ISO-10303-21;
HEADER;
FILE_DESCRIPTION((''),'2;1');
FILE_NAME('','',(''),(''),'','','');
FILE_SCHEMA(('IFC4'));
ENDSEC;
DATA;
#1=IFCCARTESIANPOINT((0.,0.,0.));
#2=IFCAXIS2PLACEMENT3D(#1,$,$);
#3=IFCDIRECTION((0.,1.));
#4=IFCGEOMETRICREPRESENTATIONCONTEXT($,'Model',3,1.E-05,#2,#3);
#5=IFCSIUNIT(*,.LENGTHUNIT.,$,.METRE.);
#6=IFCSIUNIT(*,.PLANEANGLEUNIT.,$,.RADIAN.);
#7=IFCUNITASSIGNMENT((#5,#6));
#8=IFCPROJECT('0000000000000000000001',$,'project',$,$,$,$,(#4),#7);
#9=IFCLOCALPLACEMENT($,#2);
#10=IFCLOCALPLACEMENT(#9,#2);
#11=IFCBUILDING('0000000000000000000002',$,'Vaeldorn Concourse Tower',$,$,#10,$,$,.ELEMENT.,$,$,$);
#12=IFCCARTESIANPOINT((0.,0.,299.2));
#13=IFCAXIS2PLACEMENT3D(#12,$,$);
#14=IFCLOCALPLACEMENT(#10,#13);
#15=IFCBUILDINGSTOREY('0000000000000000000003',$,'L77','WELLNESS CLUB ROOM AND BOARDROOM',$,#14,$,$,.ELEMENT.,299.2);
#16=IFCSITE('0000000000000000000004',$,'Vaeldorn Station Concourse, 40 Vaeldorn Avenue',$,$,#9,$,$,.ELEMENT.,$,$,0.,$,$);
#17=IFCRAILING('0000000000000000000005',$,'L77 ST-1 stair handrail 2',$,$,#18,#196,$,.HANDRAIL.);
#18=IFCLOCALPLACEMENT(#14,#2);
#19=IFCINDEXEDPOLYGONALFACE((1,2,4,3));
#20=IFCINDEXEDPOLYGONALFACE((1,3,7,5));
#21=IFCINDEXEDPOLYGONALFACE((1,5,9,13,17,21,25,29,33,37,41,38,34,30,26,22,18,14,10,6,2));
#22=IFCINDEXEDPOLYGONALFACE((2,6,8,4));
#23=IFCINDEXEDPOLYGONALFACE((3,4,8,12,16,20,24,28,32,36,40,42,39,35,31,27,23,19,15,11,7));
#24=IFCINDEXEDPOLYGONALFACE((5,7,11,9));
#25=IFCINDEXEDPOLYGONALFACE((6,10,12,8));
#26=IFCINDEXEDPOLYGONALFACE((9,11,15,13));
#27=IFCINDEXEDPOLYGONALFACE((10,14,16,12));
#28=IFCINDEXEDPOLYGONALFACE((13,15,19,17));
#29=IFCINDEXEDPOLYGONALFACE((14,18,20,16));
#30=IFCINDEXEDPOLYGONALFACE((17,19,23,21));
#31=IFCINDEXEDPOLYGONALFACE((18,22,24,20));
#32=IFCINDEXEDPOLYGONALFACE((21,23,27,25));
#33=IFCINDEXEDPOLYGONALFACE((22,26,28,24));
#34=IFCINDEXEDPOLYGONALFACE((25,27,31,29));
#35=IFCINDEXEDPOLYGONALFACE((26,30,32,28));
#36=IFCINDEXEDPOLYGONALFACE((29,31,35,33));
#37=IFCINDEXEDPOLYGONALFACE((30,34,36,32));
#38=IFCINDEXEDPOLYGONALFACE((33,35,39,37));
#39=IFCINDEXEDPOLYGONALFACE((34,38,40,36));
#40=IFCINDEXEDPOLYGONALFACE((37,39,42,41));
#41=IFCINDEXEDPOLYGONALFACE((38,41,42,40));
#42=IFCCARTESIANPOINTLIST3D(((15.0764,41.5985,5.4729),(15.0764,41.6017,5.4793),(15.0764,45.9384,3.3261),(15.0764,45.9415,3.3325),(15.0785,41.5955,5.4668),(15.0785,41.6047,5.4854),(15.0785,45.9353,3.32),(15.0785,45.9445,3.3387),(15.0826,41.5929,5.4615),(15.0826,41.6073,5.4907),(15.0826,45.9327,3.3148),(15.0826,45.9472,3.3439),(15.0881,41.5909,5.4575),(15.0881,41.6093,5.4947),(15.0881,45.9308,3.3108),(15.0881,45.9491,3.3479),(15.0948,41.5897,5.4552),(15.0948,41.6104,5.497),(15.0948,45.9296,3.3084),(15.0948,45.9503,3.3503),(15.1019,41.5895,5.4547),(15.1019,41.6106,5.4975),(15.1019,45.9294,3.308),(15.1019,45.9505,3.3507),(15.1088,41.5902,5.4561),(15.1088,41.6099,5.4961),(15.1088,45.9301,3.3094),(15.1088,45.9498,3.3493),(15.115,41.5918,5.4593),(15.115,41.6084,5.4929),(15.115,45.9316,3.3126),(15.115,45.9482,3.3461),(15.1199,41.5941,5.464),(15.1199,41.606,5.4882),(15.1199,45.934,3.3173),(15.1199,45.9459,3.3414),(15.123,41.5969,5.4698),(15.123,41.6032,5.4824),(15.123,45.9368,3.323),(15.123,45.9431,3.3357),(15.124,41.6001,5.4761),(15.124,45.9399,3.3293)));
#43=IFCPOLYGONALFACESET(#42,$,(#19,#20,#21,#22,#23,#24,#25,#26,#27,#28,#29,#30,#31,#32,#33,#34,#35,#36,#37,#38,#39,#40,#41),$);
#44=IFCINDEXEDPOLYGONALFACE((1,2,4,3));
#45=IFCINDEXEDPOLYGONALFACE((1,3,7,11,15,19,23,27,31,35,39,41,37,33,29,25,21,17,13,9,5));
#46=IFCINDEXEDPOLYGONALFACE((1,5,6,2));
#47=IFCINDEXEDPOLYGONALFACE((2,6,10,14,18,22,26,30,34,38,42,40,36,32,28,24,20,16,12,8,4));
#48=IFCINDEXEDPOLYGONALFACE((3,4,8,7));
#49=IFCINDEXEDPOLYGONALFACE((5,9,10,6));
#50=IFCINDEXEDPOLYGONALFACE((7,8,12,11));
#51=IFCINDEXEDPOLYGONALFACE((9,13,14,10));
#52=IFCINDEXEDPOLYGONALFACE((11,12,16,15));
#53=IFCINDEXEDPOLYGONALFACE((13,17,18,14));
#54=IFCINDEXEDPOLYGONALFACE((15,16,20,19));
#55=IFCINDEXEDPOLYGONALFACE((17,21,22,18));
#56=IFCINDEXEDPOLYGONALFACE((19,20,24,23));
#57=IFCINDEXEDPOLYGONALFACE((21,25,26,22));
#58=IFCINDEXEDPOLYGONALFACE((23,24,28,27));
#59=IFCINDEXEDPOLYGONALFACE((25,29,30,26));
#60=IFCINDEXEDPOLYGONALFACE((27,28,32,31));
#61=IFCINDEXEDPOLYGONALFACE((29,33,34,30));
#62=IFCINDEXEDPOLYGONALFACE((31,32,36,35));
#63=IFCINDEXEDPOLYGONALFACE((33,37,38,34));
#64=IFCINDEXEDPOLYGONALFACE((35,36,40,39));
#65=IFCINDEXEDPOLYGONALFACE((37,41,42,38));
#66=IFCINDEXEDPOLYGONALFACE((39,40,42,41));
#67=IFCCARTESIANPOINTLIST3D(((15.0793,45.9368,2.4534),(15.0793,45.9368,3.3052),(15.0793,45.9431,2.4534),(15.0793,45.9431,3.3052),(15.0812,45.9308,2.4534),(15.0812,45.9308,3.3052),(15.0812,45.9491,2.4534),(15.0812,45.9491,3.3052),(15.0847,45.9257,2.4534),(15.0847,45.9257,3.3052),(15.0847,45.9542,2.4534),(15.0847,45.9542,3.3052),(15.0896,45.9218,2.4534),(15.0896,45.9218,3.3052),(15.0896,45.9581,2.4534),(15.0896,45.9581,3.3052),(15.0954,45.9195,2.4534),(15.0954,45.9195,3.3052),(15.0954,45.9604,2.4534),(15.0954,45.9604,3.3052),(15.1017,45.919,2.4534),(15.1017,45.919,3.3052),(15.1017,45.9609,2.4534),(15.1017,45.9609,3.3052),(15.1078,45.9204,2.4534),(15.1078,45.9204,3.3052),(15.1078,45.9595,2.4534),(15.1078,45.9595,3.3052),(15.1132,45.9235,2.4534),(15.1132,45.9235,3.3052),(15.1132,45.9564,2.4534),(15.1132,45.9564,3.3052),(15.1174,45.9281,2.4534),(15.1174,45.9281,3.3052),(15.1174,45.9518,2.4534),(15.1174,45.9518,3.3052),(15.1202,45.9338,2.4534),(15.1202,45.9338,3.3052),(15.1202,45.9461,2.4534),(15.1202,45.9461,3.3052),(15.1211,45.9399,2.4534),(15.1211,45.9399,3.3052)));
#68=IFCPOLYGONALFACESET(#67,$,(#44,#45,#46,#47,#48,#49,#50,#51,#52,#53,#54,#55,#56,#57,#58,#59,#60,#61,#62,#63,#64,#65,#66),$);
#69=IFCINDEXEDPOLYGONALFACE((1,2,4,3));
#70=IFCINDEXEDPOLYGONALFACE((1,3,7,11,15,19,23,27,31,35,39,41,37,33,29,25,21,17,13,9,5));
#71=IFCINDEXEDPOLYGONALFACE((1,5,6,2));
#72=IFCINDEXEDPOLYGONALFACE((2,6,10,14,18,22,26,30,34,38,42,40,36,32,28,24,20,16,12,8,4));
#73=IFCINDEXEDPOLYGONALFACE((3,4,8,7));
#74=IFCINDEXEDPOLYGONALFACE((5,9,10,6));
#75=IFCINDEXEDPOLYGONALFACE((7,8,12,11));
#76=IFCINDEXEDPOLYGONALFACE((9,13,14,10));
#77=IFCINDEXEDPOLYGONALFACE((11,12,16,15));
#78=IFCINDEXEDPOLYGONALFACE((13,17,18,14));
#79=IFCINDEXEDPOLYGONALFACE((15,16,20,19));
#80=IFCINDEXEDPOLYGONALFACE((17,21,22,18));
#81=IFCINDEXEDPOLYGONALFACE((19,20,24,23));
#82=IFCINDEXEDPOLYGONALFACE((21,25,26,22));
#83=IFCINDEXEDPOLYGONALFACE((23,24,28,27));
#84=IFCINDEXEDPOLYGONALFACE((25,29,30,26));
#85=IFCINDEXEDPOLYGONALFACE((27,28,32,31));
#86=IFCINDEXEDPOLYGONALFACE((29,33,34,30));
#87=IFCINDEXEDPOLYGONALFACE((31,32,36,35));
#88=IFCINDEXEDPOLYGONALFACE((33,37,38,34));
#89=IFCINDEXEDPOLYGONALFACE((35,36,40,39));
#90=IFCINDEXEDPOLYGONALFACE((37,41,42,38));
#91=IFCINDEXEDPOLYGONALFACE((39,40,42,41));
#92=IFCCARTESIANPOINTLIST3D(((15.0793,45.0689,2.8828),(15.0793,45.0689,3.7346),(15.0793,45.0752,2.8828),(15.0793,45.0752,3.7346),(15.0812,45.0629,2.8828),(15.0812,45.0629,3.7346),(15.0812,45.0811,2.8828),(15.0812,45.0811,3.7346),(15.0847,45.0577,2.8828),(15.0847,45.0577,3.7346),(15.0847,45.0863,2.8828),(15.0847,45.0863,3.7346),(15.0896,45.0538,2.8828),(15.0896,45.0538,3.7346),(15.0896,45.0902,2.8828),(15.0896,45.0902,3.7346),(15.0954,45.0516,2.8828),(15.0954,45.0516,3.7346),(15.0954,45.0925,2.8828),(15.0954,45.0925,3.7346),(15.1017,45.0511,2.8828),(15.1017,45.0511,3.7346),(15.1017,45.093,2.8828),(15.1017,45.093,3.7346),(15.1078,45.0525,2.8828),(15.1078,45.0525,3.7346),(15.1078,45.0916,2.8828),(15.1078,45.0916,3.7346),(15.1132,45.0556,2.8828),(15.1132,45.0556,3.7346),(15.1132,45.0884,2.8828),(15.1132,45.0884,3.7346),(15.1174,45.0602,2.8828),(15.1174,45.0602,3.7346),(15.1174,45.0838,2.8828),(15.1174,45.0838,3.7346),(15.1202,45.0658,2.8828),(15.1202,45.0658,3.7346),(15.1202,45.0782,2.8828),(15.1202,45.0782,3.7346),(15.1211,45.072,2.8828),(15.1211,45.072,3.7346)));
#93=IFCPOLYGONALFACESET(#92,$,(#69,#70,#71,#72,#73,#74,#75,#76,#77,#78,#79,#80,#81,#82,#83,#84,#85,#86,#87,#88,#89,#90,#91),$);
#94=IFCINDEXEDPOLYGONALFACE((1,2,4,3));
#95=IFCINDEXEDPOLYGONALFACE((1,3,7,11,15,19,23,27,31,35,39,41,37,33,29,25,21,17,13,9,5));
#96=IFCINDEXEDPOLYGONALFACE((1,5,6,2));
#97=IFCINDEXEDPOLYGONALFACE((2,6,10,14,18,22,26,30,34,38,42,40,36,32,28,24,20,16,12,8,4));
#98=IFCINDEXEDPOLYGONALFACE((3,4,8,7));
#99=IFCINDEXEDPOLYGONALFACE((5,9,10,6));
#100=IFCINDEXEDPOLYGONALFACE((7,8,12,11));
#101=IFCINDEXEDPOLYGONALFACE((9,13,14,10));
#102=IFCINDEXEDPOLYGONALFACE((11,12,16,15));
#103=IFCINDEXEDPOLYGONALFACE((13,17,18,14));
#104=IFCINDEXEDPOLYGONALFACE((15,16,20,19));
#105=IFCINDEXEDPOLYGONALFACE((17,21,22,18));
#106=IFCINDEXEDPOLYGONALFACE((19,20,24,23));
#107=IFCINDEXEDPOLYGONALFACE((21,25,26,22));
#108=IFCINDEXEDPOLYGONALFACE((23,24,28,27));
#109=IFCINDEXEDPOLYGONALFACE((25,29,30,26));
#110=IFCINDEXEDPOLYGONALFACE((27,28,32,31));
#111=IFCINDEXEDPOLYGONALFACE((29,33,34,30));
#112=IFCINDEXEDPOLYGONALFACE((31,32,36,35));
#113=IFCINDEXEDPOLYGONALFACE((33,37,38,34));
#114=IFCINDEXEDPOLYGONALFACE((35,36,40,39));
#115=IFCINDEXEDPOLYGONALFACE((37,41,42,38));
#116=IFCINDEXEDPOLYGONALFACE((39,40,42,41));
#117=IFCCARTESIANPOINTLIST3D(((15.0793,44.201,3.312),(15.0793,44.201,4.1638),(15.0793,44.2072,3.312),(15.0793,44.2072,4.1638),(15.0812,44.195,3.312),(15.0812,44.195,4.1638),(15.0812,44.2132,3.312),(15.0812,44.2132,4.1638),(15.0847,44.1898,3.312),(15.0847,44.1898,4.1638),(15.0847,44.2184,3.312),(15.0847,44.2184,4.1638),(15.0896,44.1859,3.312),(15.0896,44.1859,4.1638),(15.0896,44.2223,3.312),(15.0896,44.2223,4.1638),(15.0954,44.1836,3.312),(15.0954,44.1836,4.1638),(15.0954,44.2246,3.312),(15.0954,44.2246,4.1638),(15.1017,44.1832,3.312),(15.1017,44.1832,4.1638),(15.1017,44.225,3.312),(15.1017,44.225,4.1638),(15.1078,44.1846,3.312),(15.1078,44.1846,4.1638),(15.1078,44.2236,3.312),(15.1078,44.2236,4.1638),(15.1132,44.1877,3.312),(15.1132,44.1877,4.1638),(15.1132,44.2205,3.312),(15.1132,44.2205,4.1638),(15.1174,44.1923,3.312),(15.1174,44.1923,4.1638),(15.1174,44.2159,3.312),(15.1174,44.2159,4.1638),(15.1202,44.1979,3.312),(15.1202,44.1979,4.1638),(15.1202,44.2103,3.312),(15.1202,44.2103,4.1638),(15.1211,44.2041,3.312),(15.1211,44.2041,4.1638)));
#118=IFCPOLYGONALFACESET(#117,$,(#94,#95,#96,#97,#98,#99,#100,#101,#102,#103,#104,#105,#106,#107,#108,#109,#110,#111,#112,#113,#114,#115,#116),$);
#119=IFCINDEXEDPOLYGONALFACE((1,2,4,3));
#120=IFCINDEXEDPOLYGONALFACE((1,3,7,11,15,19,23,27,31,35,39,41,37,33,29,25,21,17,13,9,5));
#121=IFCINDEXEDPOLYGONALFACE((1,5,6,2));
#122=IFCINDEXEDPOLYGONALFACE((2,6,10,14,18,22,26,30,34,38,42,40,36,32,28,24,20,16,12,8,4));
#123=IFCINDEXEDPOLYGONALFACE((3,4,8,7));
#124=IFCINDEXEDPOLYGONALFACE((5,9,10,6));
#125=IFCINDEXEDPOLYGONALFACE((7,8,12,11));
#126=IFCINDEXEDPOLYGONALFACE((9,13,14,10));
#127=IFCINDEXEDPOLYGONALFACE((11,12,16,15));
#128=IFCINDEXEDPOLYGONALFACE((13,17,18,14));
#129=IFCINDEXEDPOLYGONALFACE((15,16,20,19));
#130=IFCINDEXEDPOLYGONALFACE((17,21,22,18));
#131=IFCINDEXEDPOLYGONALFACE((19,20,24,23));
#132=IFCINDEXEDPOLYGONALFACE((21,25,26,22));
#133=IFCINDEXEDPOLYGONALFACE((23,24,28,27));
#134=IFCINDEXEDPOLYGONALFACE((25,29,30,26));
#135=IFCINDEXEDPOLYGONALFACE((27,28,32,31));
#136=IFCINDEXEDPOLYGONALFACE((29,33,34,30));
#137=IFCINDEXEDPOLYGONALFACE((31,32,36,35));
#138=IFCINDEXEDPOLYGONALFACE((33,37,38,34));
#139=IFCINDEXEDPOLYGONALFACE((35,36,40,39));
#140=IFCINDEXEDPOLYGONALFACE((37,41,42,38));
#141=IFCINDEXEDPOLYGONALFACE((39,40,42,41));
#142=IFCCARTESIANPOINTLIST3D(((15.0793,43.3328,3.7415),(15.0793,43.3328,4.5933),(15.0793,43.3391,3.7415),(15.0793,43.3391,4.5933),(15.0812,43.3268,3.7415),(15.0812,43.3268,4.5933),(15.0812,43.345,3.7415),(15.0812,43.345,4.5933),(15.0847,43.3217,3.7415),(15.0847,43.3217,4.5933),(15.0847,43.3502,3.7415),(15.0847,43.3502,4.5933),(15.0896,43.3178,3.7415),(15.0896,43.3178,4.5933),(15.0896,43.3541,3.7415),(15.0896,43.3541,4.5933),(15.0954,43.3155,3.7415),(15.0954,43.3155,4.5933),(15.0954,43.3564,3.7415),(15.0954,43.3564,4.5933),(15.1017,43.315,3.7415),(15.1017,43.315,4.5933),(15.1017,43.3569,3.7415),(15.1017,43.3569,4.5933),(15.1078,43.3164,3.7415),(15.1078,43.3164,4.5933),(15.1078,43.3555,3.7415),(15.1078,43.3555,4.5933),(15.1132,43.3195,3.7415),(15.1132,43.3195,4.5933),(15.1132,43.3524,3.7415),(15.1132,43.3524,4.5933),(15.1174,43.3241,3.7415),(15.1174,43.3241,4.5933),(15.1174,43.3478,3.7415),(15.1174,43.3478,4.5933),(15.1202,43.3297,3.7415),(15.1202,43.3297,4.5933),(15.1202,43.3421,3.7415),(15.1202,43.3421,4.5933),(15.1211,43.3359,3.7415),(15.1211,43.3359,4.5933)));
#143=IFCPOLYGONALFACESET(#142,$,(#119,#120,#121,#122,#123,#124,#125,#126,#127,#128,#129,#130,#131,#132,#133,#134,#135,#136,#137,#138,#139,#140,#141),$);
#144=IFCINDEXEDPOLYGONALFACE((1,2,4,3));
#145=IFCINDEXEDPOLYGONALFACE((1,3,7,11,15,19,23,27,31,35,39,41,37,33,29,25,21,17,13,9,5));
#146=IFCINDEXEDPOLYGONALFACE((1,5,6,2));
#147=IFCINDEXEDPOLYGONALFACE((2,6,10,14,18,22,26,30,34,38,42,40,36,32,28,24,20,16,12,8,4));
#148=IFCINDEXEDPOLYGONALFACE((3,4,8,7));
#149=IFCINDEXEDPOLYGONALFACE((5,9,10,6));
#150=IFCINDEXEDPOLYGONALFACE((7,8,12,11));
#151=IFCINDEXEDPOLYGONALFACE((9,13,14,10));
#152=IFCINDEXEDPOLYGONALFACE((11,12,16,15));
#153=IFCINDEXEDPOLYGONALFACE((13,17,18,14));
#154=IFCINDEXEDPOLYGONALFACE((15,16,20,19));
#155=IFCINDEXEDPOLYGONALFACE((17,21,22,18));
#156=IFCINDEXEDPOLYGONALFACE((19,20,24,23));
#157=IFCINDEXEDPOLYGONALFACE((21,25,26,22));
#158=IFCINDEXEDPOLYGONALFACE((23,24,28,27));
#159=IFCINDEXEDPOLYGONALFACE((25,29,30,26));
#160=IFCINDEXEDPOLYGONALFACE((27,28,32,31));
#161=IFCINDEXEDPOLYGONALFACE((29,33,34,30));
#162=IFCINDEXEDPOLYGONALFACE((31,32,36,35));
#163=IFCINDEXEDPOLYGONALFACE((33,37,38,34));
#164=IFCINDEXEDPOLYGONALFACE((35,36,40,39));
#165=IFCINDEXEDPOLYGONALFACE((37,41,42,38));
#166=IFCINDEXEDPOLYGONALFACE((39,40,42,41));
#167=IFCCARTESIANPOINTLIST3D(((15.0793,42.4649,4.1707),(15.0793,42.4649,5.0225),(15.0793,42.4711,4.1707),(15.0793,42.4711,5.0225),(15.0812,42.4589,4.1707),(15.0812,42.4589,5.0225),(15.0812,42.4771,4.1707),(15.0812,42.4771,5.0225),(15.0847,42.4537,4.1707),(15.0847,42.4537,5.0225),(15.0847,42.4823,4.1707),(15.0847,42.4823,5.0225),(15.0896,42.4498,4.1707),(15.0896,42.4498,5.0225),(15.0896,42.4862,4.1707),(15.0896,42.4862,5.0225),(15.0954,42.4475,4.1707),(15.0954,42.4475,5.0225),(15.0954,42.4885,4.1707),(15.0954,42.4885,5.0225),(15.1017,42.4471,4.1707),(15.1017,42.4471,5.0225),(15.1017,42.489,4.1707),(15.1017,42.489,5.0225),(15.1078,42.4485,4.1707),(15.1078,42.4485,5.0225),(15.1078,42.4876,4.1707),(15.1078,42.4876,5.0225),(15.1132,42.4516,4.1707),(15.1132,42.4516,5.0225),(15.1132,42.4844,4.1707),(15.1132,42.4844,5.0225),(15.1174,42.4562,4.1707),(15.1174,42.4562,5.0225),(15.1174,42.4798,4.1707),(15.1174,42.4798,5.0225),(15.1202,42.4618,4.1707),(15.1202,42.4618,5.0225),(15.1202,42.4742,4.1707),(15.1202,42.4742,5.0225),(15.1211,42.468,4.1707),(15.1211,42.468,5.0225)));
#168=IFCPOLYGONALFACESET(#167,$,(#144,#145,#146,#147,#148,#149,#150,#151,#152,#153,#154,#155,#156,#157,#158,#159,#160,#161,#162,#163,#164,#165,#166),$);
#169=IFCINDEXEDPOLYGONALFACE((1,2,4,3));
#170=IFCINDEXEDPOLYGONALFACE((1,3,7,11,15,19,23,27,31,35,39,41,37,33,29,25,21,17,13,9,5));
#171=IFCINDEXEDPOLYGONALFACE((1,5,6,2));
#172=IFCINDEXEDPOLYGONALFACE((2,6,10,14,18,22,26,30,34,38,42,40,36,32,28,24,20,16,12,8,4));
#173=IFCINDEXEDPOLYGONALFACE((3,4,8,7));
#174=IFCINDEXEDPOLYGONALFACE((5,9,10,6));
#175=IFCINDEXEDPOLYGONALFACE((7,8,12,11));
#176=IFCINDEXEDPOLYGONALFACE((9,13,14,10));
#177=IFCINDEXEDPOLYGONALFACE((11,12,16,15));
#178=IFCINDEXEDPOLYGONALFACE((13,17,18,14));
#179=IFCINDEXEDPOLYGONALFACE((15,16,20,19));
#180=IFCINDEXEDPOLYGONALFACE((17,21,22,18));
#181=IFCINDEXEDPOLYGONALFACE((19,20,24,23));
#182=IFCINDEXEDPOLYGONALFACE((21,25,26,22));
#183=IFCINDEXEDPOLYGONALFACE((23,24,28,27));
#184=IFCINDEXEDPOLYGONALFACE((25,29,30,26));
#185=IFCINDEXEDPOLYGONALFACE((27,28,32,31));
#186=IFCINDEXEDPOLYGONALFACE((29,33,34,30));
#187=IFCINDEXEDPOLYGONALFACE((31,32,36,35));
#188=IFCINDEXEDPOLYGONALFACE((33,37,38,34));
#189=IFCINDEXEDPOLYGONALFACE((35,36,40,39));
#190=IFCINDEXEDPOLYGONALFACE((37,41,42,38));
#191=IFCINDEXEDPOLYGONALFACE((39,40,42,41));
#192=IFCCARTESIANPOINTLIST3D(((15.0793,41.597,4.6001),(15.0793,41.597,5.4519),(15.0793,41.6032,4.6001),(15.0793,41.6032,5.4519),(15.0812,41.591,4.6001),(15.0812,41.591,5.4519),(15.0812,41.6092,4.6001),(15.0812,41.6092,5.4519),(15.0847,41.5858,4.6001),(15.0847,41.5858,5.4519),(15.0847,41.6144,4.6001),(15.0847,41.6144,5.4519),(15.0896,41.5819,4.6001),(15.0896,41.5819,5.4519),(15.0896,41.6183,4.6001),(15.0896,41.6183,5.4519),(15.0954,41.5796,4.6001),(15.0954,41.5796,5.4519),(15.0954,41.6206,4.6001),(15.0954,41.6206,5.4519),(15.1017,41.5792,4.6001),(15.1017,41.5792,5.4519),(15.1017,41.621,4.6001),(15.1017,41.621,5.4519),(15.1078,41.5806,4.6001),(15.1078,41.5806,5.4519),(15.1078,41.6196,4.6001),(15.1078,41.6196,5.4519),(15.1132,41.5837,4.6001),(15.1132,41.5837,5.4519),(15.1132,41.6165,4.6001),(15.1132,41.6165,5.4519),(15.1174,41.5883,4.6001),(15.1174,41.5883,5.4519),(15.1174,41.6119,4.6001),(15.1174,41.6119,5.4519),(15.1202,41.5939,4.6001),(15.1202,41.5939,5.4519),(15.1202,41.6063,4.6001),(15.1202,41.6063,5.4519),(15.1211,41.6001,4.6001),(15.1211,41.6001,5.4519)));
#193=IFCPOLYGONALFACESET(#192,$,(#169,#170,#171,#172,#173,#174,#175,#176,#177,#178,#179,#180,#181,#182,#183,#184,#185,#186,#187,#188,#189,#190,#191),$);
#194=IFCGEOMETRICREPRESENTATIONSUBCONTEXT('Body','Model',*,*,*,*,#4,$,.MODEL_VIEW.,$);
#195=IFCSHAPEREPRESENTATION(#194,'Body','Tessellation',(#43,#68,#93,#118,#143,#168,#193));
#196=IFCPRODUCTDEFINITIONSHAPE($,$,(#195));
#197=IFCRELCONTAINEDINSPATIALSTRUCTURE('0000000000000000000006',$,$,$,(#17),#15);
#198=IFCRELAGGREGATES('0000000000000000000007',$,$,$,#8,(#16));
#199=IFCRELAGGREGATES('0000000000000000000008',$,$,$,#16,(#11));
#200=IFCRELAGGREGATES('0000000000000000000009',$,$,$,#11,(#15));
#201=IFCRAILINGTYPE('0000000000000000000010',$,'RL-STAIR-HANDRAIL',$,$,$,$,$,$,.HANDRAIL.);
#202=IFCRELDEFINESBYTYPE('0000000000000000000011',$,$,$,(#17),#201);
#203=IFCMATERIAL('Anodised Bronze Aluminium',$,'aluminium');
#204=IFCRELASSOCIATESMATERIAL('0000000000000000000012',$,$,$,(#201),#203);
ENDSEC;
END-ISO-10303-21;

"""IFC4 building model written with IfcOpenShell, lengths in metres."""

from ifc_helpers import new_model, si_unit, direction, frame, origin, origin_2d, place, context, subcontext, project, spatial, circle, extrude, material, type_object, element, save


model = new_model("IFC4")

# Units and contexts
model_context = context("Model", 3, precision=1e-05, world=origin(), true_north=direction((0.0, 1.0)))
body_context = subcontext(model_context, "Body", "Model", "MODEL_VIEW")
ifc_project = project(units=[si_unit("LENGTHUNIT", "METRE"), si_unit("PLANEANGLEUNIT", "RADIAN")], contexts=[model_context])

# Site, building, storey
site_placement = place(None, origin())
site = spatial("IfcSite", under=ifc_project, at=site_placement, Name="Vaeldorn Station Concourse, 40 Vaeldorn Avenue", CompositionType="ELEMENT", RefElevation=0.0)
building_placement = place(site_placement, origin())
building = spatial("IfcBuilding", under=site, at=building_placement, Name="Vaeldorn Concourse Tower", CompositionType="ELEMENT")
storey_placement = place(building_placement, frame((0.0, 0.0, 299.2)))
storey = spatial("IfcBuildingStorey", under=building, at=storey_placement, Name="L77", Description="WELLNESS CLUB ROOM AND BOARDROOM", CompositionType="ELEMENT", Elevation=299.2)

# Shared definitions
ifc_material_1 = material(Name="Anodised Bronze Aluminium", Category="aluminium")

# Railing
railing_type_1 = type_object("IfcRailingType", Name="RL-STAIR-HANDRAIL", PredefinedType="HANDRAIL", material=ifc_material_1)
railing_1_placement = place(storey_placement, frame((15.1001, 45.9399, 2.4534)))
element("IfcRailing", 1, at=railing_1_placement, inside=storey, type_object=railing_type_1, Name="L77 ST-1 stair handrail 2", PredefinedType="HANDRAIL", context=body_context, shape_type="SweptSolid", body=[
    extrude(circle(Radius=0.0239, at=origin_2d()), frame((0.0, 0.0, 0.876), z_axis=(0.0, -0.896335, 0.443377), x_axis=(1.0, 0.0, 0.0)), (0.0, 0.0, 1.0), 4.8418),
    extrude(circle(Radius=0.021, at=origin_2d()), origin(), (0.0, 0.0, 1.0), 0.8518),
    extrude(circle(Radius=0.021, at=origin_2d()), frame((0.0, -0.8679, 0.4294)), (0.0, 0.0, 1.0), 0.8518),
    extrude(circle(Radius=0.021, at=origin_2d()), frame((0.0, -1.7358, 0.8586)), (0.0, 0.0, 1.0), 0.8518),
    extrude(circle(Radius=0.021, at=origin_2d()), frame((0.0, -2.604, 1.2881)), (0.0, 0.0, 1.0), 0.8518),
    extrude(circle(Radius=0.021, at=origin_2d()), frame((0.0, -3.4719, 1.7173)), (0.0, 0.0, 1.0), 0.8518),
    extrude(circle(Radius=0.021, at=origin_2d()), frame((0.0, -4.3398, 2.1467)), (0.0, 0.0, 1.0), 0.8518),
])

save(model, "model.ifc")
